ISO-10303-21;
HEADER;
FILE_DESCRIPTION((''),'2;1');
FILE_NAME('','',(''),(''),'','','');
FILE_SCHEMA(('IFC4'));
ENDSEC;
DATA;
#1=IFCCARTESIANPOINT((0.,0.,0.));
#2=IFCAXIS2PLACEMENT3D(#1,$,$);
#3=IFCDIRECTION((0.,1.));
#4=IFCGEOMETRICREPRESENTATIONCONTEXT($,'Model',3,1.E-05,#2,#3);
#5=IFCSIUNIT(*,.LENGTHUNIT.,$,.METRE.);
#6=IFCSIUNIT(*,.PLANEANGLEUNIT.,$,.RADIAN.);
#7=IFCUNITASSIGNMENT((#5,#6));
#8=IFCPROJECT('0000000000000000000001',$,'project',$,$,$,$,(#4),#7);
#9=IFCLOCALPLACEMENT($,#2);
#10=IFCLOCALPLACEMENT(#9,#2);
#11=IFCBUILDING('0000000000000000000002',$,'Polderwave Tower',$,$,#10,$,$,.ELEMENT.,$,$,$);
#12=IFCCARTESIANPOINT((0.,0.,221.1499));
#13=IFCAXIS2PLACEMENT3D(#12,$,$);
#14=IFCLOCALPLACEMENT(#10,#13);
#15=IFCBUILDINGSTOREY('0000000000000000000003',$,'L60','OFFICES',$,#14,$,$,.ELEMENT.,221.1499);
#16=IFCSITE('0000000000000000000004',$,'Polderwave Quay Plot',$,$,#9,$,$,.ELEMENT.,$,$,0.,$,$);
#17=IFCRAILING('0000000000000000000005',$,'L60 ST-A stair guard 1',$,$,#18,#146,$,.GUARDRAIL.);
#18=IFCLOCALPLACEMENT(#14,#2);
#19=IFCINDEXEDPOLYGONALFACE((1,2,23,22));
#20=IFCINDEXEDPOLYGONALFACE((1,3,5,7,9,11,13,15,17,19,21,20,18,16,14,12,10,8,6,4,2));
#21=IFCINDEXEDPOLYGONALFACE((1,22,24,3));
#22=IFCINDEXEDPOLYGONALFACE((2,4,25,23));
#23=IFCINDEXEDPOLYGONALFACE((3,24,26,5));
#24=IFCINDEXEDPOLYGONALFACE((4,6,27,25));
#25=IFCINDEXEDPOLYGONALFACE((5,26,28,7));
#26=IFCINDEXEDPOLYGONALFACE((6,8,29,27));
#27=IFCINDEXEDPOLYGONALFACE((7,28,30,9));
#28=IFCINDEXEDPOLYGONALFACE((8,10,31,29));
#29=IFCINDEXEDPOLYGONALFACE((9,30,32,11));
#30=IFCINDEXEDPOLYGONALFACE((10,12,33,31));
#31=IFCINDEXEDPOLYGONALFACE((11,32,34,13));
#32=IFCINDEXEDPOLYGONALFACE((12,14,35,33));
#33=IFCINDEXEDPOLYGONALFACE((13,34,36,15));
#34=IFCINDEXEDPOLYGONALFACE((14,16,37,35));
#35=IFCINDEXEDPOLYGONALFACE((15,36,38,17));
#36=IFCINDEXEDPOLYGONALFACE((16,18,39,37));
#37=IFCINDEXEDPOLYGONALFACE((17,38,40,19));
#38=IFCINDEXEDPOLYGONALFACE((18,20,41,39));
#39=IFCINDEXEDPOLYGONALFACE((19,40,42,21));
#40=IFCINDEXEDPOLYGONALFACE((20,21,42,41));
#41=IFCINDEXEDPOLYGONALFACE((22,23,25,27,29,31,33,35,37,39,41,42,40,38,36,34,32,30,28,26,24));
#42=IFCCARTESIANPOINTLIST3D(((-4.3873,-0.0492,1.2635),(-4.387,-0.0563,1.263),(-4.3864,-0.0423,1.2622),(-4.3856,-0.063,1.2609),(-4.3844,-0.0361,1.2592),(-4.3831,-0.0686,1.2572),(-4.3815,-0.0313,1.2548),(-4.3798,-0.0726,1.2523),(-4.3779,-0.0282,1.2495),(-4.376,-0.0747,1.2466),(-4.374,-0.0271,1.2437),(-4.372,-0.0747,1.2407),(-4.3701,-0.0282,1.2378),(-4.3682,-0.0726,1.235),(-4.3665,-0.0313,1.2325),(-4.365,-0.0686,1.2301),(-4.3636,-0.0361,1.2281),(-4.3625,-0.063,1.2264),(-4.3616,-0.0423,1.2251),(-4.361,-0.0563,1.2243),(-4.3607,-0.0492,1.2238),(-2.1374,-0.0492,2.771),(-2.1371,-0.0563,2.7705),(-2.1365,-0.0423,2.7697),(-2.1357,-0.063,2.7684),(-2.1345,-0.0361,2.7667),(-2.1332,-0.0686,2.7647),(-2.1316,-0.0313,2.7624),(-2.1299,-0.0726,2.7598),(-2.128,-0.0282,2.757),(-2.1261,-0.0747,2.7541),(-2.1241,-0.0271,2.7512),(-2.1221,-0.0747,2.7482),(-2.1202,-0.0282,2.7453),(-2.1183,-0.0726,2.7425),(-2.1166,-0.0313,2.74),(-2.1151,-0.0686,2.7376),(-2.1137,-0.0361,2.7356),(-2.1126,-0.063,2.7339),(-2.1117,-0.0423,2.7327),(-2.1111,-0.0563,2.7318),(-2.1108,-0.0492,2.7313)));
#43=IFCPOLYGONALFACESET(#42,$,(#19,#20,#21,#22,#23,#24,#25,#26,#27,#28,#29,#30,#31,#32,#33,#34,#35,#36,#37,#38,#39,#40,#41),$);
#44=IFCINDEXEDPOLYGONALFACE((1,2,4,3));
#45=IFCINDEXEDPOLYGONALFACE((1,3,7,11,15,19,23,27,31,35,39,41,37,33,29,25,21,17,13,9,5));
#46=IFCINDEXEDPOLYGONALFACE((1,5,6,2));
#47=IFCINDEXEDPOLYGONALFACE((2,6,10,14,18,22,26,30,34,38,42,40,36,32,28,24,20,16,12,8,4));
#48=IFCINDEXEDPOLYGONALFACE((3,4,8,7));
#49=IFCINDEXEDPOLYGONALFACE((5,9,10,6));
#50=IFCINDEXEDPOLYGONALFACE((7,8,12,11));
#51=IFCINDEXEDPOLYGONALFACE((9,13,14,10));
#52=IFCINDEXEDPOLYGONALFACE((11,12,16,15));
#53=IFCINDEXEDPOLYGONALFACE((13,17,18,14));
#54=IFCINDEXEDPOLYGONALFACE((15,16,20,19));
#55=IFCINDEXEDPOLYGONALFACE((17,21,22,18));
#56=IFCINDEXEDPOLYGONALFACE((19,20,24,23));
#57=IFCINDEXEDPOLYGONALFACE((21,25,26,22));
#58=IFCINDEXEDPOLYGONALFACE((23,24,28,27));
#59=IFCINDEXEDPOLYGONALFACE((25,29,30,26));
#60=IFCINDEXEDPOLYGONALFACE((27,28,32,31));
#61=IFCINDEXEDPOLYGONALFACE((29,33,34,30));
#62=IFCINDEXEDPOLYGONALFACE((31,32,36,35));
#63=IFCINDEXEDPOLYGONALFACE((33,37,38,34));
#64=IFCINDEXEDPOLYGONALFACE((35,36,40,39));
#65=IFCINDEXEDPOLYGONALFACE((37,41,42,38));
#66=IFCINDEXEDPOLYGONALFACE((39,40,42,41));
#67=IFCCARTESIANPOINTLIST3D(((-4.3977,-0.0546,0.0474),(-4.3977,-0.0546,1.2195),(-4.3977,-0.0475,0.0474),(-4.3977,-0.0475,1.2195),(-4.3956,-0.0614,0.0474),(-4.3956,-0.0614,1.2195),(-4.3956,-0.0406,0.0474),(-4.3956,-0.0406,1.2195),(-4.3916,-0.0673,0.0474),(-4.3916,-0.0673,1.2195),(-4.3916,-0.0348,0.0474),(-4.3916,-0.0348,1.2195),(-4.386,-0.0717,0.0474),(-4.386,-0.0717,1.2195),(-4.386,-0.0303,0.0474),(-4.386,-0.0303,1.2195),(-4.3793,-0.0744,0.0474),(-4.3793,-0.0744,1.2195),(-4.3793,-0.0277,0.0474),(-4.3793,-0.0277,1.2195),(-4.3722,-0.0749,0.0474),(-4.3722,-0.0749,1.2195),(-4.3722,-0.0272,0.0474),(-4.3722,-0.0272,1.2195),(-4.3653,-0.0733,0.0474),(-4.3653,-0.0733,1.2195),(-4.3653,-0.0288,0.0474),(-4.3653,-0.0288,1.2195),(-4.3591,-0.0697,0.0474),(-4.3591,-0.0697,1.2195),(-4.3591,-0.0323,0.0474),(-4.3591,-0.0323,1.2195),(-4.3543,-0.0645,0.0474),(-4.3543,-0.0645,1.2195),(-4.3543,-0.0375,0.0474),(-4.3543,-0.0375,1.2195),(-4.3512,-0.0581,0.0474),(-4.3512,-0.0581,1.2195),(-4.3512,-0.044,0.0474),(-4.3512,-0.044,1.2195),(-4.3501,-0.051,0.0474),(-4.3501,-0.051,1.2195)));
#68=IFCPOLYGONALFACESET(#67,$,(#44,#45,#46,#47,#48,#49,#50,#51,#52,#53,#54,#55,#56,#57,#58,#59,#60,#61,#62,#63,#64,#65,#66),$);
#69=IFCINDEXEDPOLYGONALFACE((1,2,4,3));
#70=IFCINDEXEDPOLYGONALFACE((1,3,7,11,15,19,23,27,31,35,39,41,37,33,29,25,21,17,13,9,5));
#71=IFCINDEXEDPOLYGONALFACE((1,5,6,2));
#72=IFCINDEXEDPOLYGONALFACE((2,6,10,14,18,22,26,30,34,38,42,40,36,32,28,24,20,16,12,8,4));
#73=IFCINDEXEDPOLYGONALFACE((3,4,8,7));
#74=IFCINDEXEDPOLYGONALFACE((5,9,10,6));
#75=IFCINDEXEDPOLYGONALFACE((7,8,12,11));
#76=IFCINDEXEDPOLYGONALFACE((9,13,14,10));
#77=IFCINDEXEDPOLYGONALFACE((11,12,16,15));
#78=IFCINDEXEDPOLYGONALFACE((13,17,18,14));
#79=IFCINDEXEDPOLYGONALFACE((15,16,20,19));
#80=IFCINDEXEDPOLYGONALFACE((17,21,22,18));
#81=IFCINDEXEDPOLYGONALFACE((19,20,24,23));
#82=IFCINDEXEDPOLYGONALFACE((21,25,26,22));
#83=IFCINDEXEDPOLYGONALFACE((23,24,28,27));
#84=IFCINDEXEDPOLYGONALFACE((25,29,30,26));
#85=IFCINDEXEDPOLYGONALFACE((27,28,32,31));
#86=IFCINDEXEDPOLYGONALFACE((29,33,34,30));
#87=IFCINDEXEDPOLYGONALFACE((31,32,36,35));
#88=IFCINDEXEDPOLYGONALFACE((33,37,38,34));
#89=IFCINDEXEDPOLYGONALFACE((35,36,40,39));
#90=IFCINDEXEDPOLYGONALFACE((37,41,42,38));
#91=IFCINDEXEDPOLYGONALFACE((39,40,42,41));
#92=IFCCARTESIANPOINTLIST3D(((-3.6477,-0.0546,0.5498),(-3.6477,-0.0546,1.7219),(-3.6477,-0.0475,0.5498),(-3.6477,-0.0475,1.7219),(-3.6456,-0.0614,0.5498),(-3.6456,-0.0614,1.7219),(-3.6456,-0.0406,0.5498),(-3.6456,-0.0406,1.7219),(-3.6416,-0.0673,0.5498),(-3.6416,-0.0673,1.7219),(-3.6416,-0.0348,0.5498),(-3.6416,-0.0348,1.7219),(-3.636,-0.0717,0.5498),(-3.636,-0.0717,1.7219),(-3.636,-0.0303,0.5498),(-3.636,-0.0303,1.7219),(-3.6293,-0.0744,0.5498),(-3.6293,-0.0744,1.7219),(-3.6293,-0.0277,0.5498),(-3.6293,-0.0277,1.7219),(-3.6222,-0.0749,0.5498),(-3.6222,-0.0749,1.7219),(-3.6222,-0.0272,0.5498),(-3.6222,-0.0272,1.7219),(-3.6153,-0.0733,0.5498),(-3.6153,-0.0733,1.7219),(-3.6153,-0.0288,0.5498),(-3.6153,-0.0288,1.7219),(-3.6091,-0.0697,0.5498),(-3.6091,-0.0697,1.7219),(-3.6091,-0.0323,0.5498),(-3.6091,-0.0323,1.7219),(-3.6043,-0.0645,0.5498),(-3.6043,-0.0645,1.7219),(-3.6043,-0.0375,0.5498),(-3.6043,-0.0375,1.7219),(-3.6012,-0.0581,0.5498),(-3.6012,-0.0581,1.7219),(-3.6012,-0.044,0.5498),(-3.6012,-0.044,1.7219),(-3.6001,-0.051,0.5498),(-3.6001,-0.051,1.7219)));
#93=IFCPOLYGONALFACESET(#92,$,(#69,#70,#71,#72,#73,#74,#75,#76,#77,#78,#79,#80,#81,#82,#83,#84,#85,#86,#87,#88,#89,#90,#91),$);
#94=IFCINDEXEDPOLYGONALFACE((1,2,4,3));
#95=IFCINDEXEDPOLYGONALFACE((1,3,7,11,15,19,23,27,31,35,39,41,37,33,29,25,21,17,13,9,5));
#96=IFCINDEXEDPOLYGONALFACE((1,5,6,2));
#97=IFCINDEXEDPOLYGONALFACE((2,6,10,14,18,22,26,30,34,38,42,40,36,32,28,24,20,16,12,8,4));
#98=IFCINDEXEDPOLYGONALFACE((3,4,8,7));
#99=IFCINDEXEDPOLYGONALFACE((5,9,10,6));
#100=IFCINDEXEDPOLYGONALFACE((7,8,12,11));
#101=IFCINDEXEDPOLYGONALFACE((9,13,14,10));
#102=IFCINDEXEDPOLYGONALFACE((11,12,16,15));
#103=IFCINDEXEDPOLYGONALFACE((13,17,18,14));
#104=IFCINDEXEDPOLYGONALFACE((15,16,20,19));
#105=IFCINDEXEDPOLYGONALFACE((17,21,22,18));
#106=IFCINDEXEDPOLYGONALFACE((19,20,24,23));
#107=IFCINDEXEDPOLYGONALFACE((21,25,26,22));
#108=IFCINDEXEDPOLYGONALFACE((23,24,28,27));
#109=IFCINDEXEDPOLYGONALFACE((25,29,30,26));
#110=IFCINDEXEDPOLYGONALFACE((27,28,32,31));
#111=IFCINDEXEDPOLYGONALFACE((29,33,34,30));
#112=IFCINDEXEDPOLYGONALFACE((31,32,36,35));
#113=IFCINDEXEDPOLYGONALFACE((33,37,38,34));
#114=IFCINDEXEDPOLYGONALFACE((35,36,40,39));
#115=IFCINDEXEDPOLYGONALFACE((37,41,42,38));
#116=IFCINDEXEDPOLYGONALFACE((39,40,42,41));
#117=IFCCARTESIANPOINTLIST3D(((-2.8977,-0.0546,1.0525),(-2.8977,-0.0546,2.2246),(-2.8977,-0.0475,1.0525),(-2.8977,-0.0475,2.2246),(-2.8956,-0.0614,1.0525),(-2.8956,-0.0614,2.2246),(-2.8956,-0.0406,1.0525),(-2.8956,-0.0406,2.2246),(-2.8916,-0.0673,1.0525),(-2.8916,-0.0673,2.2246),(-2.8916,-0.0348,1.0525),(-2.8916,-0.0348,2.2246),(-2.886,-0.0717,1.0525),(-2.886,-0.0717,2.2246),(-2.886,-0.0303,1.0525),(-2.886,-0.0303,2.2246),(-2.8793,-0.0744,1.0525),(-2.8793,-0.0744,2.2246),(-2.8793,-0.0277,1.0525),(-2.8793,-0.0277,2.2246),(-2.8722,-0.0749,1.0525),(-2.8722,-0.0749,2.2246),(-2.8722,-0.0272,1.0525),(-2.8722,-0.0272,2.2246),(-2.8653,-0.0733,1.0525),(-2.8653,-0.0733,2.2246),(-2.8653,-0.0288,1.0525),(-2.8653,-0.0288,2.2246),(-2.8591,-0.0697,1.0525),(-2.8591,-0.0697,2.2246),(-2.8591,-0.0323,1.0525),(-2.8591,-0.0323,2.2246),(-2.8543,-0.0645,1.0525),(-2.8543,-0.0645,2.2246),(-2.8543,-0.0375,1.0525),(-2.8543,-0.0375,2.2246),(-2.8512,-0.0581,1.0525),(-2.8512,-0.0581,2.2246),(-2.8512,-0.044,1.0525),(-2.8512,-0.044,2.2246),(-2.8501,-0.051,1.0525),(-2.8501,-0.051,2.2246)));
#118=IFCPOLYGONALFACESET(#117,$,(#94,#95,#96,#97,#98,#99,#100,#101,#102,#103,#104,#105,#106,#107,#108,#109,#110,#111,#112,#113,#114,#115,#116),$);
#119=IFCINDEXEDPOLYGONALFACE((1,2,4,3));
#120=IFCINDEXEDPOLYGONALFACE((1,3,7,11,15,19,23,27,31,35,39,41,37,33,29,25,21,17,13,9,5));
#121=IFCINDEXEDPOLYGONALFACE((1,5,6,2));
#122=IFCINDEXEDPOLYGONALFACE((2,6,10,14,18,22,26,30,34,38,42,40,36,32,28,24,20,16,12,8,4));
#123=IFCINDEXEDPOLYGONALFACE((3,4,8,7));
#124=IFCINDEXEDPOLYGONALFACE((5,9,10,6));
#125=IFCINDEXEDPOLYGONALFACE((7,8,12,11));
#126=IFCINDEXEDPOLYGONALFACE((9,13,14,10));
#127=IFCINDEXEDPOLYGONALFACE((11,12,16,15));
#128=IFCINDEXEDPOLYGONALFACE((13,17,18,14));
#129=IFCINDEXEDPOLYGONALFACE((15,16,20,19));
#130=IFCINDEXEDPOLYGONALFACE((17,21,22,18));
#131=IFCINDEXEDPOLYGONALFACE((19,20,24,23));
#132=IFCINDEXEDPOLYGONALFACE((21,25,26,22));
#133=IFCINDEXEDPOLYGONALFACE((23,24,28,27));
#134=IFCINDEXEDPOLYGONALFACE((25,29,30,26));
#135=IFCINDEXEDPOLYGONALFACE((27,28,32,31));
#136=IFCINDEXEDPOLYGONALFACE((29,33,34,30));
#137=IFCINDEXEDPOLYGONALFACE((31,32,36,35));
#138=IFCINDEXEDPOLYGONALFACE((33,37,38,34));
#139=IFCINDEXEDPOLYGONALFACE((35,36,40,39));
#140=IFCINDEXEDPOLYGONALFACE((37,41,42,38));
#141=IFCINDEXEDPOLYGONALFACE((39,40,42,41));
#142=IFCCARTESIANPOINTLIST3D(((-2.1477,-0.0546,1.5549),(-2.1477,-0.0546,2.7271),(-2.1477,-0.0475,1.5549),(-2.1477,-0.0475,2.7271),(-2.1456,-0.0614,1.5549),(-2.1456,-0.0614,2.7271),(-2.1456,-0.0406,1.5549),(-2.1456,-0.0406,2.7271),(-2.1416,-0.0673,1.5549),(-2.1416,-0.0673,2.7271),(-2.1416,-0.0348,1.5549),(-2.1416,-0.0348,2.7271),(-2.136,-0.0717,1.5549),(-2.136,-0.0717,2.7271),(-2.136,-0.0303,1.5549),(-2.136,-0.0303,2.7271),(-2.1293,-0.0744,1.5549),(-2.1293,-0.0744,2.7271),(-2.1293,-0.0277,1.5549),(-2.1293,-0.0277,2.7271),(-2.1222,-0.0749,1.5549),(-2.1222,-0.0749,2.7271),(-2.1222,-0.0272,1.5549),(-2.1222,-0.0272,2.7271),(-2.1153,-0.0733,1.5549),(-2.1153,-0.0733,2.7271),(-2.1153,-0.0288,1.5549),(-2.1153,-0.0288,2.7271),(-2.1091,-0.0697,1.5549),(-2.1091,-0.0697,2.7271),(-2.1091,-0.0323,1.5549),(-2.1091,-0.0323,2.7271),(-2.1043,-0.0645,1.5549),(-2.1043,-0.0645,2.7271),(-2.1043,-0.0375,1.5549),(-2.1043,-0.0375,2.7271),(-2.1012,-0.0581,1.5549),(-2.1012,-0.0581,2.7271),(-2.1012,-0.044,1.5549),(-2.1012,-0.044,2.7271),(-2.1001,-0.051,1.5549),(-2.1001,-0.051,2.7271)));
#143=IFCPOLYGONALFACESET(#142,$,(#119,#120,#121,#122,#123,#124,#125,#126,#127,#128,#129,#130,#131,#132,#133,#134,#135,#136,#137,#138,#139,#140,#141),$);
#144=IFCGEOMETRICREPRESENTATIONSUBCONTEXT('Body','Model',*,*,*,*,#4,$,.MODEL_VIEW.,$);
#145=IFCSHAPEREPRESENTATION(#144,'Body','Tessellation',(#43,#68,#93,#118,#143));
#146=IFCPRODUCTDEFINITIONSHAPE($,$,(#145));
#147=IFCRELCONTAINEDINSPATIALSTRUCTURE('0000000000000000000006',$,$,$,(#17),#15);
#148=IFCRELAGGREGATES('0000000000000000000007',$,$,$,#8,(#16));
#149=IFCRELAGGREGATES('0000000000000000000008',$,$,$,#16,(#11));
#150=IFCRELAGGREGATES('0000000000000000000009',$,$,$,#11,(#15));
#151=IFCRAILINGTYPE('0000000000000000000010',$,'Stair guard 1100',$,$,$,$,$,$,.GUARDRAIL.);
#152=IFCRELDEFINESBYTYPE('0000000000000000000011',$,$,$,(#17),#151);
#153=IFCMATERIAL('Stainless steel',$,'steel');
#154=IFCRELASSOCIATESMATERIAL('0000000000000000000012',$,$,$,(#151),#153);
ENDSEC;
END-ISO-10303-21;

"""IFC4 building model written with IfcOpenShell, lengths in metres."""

from ifc_helpers import new_model, si_unit, direction, frame, origin, origin_2d, place, context, subcontext, project, spatial, circle, extrude, material, type_object, element, save


model = new_model("IFC4")

# Units and contexts
model_context = context("Model", 3, precision=1e-05, world=origin(), true_north=direction((0.0, 1.0)))
body_context = subcontext(model_context, "Body", "Model", "MODEL_VIEW")
ifc_project = project(units=[si_unit("LENGTHUNIT", "METRE"), si_unit("PLANEANGLEUNIT", "RADIAN")], contexts=[model_context])

# Site, building, storey
site_placement = place(None, origin())
site = spatial("IfcSite", under=ifc_project, at=site_placement, Name="Polderwave Quay Plot", CompositionType="ELEMENT", RefElevation=0.0)
building_placement = place(site_placement, origin())
building = spatial("IfcBuilding", under=site, at=building_placement, Name="Polderwave Tower", CompositionType="ELEMENT")
storey_placement = place(building_placement, frame((0.0, 0.0, 221.1499)))
storey = spatial("IfcBuildingStorey", under=building, at=storey_placement, Name="L60", Description="OFFICES", CompositionType="ELEMENT", Elevation=221.1499)

# Shared definitions
ifc_material_1 = material(Name="Stainless steel", Category="steel")

# Railing
railing_type_1 = type_object("IfcRailingType", Name="Stair guard 1100", PredefinedType="GUARDRAIL", material=ifc_material_1)
railing_1_placement = place(storey_placement, frame((-4.374, -0.051, 0.0474)))
element("IfcRailing", 1, at=railing_1_placement, inside=storey, type_object=railing_type_1, Name="L60 ST-A stair guard 1", PredefinedType="GUARDRAIL", context=body_context, shape_type="SweptSolid", body=[
    extrude(circle(Radius=0.0239, at=origin_2d()), frame((0.0, 0.0, 1.1963), z_axis=(0.830758, 0.0, 0.556633), x_axis=(0.0, 1.0, 0.0)), (0.0, 0.0, 1.0), 2.7083),
    extrude(circle(Radius=0.0239, at=origin_2d()), origin(), (0.0, 0.0, 1.0), 1.1721),
    extrude(circle(Radius=0.0239, at=origin_2d()), frame((0.75, 0.0, 0.5024)), (0.0, 0.0, 1.0), 1.1721),
    extrude(circle(Radius=0.0239, at=origin_2d()), frame((1.5, 0.0, 1.0051)), (0.0, 0.0, 1.0), 1.1721),
    extrude(circle(Radius=0.0239, at=origin_2d()), frame((2.25, 0.0, 1.5076)), (0.0, 0.0, 1.0), 1.1721),
])

save(model, "model.ifc")
